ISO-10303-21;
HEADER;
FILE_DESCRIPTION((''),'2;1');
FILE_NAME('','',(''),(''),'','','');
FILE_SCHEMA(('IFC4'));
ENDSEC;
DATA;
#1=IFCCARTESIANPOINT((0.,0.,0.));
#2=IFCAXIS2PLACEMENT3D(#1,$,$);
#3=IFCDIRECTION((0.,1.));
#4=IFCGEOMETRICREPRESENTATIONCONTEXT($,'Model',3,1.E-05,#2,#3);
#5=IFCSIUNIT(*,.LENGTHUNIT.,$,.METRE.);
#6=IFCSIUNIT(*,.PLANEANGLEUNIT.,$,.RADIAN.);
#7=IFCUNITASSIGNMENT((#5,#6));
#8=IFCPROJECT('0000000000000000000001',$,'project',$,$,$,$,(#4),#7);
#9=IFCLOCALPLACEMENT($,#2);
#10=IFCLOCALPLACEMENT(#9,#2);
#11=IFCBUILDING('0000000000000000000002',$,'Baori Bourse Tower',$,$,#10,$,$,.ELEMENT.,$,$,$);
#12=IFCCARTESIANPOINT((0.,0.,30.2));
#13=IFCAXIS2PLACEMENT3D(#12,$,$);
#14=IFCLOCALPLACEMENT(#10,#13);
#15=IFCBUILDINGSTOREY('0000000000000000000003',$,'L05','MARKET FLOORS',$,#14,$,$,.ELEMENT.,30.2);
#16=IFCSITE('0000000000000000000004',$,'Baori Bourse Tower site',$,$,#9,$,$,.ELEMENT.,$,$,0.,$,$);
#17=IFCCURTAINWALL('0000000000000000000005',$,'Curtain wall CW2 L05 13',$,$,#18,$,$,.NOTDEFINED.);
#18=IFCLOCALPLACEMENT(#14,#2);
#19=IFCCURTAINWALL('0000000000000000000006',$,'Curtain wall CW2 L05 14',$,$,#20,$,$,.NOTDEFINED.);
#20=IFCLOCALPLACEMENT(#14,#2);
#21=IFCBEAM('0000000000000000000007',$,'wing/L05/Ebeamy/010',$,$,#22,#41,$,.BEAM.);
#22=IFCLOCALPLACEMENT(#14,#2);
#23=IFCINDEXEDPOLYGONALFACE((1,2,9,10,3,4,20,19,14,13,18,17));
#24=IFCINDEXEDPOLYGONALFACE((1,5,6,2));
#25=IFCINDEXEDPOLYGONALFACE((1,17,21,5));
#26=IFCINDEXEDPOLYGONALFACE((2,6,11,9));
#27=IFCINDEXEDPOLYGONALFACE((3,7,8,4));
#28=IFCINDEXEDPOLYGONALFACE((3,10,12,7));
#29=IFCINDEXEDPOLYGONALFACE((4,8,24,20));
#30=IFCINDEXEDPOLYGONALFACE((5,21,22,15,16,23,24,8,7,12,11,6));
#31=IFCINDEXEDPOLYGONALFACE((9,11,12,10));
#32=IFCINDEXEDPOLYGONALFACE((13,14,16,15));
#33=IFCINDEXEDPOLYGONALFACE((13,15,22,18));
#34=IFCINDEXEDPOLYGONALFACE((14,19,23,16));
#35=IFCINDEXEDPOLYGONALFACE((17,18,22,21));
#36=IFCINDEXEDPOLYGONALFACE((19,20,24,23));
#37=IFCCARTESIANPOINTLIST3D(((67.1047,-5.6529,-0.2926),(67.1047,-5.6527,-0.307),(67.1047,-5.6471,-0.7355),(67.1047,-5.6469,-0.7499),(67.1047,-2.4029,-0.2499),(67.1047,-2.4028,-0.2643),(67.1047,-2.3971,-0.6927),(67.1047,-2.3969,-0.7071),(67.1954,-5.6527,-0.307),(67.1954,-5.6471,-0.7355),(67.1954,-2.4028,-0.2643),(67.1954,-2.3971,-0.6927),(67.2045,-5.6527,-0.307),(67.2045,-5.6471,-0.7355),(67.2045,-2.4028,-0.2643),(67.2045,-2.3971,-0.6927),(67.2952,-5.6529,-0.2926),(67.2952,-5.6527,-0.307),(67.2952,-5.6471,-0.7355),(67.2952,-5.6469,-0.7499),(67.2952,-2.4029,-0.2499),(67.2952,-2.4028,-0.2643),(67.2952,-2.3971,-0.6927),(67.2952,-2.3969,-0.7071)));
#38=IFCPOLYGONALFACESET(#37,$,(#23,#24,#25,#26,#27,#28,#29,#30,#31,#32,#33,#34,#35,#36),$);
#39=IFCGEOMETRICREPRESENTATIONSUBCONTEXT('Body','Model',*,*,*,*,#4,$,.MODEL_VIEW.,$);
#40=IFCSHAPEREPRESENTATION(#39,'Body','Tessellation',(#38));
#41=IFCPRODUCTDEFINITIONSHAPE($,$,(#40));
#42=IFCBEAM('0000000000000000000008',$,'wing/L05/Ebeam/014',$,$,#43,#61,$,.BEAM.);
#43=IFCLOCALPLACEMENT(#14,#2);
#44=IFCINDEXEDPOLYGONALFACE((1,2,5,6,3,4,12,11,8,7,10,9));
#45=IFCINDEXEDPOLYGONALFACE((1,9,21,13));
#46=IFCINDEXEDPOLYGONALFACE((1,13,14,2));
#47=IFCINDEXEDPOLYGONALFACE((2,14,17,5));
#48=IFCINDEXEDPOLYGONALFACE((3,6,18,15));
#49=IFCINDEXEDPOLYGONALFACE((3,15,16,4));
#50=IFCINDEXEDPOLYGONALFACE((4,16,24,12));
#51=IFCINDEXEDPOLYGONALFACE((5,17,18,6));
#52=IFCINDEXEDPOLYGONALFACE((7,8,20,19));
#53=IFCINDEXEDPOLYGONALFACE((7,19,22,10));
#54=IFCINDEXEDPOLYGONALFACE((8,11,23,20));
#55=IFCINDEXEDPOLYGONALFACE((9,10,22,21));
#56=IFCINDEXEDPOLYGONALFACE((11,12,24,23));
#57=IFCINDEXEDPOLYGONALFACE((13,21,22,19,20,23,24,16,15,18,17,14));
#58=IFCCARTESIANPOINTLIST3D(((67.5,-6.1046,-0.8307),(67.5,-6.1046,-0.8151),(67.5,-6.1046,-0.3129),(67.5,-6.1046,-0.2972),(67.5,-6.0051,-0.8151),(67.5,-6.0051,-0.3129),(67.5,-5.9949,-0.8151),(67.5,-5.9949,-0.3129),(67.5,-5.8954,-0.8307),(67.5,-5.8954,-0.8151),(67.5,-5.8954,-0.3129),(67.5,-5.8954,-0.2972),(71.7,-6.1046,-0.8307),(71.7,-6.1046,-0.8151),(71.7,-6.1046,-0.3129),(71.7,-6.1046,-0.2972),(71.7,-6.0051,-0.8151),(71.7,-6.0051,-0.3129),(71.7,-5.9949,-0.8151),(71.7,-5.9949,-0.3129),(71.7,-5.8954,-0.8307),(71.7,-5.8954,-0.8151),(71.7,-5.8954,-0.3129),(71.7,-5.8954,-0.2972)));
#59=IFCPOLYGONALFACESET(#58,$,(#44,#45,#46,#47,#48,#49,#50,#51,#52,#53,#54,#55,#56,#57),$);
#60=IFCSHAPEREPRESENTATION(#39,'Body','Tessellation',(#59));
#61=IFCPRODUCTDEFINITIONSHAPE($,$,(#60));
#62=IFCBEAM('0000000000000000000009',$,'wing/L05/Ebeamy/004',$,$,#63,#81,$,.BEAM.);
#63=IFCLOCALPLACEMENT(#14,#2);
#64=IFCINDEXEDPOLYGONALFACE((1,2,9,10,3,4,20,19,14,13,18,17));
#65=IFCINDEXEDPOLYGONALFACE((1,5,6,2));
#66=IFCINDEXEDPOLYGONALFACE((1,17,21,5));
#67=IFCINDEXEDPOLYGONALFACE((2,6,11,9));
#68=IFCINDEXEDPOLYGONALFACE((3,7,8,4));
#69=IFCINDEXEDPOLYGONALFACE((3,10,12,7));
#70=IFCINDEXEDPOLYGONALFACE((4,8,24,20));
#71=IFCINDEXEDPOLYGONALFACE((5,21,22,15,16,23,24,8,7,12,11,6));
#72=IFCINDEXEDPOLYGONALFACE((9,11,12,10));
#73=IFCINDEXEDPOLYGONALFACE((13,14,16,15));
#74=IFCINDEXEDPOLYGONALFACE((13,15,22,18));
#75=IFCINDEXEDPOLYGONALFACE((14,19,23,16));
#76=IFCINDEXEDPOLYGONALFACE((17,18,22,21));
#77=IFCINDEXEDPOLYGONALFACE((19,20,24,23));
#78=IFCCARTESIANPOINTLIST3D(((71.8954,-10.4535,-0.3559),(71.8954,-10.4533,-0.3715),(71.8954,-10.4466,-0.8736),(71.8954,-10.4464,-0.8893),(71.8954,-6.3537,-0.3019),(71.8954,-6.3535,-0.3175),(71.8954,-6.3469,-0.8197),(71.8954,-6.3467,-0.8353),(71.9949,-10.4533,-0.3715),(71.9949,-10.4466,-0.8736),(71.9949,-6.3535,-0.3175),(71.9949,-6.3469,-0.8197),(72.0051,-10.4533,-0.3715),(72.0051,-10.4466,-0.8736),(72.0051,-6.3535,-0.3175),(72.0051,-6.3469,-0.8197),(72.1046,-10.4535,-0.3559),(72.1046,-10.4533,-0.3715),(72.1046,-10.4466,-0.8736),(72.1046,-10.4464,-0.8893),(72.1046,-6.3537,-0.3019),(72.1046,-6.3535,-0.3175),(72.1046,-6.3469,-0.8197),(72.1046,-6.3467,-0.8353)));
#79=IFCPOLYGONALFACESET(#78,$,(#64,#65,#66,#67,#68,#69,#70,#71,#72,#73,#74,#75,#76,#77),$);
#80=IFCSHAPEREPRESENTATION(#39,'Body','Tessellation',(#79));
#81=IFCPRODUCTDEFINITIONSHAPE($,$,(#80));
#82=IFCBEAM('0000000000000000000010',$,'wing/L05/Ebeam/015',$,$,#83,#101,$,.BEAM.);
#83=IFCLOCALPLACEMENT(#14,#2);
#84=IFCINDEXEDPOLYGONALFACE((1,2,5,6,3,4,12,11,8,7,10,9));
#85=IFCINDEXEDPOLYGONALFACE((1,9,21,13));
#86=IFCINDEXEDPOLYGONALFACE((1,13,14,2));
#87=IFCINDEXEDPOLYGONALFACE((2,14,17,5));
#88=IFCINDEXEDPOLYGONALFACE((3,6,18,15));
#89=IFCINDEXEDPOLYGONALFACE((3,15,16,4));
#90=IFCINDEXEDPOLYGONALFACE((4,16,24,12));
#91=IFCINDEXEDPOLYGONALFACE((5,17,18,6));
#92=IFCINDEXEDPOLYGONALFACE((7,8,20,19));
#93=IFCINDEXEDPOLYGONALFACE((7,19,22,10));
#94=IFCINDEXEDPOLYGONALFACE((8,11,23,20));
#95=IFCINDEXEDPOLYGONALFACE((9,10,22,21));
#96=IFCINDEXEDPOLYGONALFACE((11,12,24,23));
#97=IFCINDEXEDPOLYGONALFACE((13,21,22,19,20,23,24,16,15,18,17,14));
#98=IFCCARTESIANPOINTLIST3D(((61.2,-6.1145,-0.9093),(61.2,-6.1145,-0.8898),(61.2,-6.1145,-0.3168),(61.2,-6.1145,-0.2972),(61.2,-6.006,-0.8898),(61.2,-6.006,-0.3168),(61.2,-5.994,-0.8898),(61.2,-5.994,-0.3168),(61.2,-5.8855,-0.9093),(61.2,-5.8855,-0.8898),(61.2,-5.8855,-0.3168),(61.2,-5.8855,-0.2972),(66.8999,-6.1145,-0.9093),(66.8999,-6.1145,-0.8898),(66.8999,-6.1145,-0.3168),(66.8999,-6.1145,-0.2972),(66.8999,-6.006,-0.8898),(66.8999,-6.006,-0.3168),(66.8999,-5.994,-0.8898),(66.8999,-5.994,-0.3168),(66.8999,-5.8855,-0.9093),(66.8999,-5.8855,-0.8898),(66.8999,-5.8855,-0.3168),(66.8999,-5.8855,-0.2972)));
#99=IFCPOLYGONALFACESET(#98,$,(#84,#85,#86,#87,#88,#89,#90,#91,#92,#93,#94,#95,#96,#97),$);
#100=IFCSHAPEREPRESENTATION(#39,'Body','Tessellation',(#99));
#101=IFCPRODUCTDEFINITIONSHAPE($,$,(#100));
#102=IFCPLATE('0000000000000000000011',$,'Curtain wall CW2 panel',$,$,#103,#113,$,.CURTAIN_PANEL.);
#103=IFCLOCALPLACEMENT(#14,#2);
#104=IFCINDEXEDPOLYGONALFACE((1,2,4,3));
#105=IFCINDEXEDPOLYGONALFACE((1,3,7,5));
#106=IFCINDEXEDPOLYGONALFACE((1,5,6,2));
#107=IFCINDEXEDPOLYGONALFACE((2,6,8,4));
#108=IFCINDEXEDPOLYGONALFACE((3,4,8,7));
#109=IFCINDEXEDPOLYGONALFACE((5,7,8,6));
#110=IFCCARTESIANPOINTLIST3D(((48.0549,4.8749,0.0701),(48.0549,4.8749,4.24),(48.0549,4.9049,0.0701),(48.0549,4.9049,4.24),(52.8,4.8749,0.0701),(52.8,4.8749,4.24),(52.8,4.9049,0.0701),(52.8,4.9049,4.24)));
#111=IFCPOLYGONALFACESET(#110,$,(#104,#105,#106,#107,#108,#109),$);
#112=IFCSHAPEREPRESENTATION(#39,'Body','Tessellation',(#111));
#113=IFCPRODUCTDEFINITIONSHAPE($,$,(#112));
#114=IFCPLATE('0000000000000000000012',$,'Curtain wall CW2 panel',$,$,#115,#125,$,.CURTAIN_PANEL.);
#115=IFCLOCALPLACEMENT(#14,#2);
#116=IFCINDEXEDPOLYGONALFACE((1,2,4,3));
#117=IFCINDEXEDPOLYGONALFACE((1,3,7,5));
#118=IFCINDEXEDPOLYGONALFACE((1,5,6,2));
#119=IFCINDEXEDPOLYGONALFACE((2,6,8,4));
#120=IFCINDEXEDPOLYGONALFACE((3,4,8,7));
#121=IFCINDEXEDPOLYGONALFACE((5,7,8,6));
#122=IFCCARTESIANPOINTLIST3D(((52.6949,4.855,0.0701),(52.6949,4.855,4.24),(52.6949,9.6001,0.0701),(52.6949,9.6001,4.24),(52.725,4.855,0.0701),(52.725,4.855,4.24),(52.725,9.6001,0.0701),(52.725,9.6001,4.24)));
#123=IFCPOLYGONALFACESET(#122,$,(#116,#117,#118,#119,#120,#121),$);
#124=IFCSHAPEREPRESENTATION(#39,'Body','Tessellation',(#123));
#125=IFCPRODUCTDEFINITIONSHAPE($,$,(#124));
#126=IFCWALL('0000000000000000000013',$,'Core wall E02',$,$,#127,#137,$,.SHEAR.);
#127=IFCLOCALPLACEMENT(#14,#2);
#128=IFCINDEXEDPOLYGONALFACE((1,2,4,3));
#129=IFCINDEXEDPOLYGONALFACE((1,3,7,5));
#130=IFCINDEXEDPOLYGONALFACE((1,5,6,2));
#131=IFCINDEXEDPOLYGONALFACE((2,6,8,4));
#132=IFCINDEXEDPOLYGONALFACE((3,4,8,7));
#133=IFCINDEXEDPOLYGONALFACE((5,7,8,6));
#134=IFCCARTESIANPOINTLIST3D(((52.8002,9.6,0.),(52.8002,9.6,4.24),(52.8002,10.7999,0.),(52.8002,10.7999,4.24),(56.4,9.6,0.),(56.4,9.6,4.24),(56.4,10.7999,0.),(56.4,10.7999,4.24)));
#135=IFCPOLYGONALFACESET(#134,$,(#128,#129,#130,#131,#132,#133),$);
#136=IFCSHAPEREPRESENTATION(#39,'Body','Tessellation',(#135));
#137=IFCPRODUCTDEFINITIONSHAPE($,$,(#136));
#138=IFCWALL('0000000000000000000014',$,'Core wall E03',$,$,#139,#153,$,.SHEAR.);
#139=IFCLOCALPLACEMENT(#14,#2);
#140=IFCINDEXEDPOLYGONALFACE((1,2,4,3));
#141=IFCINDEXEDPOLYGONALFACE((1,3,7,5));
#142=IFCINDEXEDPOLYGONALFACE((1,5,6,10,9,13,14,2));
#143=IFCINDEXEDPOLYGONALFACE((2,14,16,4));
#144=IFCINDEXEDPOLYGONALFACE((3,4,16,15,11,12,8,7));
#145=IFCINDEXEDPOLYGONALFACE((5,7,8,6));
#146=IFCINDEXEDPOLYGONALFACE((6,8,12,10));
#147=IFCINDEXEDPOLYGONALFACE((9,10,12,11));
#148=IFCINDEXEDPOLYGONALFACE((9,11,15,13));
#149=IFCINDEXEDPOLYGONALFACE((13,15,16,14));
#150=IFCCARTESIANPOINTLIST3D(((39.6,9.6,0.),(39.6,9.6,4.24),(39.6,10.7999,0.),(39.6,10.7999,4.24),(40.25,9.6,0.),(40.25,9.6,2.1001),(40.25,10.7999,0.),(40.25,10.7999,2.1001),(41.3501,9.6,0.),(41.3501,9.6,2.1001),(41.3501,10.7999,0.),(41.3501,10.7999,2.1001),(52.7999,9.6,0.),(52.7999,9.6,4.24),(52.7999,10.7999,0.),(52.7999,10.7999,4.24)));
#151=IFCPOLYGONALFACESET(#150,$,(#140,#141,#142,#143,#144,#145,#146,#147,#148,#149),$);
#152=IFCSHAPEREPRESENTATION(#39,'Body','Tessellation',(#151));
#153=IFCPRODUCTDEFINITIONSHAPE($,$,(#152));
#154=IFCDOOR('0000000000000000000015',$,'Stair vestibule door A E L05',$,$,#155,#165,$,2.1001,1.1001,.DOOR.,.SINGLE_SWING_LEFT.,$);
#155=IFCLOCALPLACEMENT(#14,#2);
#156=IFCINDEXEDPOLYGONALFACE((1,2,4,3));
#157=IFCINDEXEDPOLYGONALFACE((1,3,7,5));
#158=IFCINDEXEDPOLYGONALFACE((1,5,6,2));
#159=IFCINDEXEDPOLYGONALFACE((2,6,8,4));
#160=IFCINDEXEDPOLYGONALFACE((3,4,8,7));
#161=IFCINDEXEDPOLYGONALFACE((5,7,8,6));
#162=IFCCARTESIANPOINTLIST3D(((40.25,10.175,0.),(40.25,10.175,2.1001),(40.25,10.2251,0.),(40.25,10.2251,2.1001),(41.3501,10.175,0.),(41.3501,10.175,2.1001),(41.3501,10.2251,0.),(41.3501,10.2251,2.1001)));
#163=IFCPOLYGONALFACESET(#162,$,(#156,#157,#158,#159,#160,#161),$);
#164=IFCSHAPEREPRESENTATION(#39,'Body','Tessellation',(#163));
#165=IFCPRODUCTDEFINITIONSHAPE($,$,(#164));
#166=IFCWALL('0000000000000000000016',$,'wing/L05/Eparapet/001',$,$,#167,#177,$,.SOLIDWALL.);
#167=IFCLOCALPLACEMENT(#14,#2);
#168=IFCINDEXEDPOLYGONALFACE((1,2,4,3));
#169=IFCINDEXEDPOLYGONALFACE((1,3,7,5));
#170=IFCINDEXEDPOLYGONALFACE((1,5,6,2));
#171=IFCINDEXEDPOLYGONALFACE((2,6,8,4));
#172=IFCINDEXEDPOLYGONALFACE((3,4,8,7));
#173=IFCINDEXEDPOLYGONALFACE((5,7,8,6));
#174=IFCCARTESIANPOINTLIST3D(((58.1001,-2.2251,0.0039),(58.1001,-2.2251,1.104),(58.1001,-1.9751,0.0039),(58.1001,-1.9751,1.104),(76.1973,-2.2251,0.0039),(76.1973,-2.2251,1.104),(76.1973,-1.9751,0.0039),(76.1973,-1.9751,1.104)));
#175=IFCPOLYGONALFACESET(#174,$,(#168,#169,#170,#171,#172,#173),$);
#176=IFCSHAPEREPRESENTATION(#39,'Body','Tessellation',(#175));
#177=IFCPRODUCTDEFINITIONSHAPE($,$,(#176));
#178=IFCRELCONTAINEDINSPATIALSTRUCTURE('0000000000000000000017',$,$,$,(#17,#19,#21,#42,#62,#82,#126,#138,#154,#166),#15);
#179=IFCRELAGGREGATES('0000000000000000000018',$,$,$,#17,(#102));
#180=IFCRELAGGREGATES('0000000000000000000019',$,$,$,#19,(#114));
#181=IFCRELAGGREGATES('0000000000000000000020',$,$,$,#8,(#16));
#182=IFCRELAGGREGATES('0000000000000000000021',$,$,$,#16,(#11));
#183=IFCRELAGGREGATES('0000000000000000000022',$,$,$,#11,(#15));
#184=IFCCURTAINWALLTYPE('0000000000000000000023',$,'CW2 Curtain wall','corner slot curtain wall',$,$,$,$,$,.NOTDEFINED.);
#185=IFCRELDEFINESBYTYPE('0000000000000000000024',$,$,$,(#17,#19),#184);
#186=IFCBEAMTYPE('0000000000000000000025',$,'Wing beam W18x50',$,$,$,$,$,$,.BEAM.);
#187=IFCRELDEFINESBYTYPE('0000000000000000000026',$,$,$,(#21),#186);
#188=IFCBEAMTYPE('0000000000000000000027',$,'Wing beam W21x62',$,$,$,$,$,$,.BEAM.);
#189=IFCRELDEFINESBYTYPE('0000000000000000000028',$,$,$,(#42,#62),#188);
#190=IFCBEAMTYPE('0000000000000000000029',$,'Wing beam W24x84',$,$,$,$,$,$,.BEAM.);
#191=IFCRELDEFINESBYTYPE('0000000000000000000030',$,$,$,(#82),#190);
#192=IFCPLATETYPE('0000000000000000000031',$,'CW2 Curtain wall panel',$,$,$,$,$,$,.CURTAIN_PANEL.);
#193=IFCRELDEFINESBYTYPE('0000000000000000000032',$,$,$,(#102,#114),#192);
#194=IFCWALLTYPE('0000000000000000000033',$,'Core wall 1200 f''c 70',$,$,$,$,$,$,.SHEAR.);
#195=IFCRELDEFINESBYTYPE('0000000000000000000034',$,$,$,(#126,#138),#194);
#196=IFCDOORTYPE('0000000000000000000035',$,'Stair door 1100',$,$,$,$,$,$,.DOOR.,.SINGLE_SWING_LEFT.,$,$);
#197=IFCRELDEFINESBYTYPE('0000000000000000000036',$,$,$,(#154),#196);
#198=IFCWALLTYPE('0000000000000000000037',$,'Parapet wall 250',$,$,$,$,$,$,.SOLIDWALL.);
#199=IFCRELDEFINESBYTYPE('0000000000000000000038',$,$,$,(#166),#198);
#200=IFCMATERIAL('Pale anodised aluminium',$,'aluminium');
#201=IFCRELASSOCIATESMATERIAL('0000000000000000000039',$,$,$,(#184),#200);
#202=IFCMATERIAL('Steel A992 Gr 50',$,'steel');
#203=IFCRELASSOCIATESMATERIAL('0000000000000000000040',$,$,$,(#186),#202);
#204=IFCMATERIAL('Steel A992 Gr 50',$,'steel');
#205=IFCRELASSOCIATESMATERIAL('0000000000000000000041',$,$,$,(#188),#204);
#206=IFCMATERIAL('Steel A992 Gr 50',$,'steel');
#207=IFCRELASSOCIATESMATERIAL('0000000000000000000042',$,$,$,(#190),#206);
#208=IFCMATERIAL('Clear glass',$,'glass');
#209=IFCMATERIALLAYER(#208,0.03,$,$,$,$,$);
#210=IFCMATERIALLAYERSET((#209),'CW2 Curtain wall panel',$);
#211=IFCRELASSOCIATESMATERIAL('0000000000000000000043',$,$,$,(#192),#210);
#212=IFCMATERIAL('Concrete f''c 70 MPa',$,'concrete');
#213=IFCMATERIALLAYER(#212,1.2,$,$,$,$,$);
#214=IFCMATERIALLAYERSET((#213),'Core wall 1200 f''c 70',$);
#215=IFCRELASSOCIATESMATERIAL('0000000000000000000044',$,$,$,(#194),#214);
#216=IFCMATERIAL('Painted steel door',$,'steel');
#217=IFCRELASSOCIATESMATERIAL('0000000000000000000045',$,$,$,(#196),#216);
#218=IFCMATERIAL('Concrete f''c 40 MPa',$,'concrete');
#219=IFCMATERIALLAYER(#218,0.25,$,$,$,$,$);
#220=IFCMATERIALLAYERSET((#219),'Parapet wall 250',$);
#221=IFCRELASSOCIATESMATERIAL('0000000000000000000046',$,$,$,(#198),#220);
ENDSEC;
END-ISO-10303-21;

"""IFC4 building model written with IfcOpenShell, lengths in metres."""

from ifc_helpers import new_model, si_unit, direction, frame, frame_2d, origin, origin_2d, place, context, subcontext, project, spatial, rectangle, i_section, extrude, material, layer, layer_set, material_profile, profile_set, type_object, element, fill, aggregate, save


model = new_model("IFC4")

# Units and contexts
model_context = context("Model", 3, precision=1e-05, world=origin(), true_north=direction((0.0, 1.0)))
body_context = subcontext(model_context, "Body", "Model", "MODEL_VIEW")
ifc_project = project(units=[si_unit("LENGTHUNIT", "METRE"), si_unit("PLANEANGLEUNIT", "RADIAN")], contexts=[model_context])

# Site, building, storey
site_placement = place(None, origin())
site = spatial("IfcSite", under=ifc_project, at=site_placement, Name="Baori Bourse Tower site", CompositionType="ELEMENT", RefElevation=0.0)
building_placement = place(site_placement, origin())
building = spatial("IfcBuilding", under=site, at=building_placement, Name="Baori Bourse Tower", CompositionType="ELEMENT")
storey_placement = place(building_placement, frame((0.0, 0.0, 30.2)))
storey = spatial("IfcBuildingStorey", under=building, at=storey_placement, Name="L05", Description="MARKET FLOORS", CompositionType="ELEMENT", Elevation=30.2)

# Curtain wall
ifc_material_1 = material(Name="Pale anodised aluminium", Category="aluminium")
curtain_wall_type = type_object("IfcCurtainWallType", Name="CW2 Curtain wall", Description="corner slot curtain wall", PredefinedType="NOTDEFINED", material=ifc_material_1)
curtain_wall_1_placement = place(storey_placement, origin())
curtain_wall_1 = element("IfcCurtainWall", 1, at=curtain_wall_1_placement, inside=storey, type_object=curtain_wall_type, Name="Curtain wall CW2 L05 13", PredefinedType="NOTDEFINED")

# Curtain wall
curtain_wall_2_placement = place(storey_placement, origin())
curtain_wall_2 = element("IfcCurtainWall", 2, at=curtain_wall_2_placement, inside=storey, type_object=curtain_wall_type, Name="Curtain wall CW2 L05 14", PredefinedType="NOTDEFINED")

# Beams
ifc_material_2 = material(Name="Steel A992 Gr 50", Category="steel")
ifc_material_profile_1 = material_profile(ifc_material_2, i_section(OverallWidth=0.1904, OverallDepth=0.4573, WebThickness=0.009, FlangeThickness=0.0144, at=origin_2d()), Name="W18x50")
ifc_profile_set_1 = profile_set([ifc_material_profile_1], Name="Steel A992 Gr 50")
beam_type_1 = type_object("IfcBeamType", Name="Wing beam W18x50", PredefinedType="BEAM", material=ifc_profile_set_1)
for number, where, z_axis, x_axis, name in (
    (3, (67.2, -5.6499, -0.5212), (0.0, 0.999914, 0.013145), (-1.0, 0.0, 0.0), "wing/L05/Ebeamy/010"),
):
    element("IfcBeam", number, at=place(storey_placement, frame(where, z_axis=z_axis, x_axis=x_axis)), inside=storey, type_object=beam_type_1, Name=name, PredefinedType="BEAM", context=body_context, shape_type="SweptSolid", body=[
        extrude(i_section(OverallWidth=0.1904, OverallDepth=0.4573, WebThickness=0.009, FlangeThickness=0.0144, at=origin_2d()), origin(), (0.0, 0.0, 1.0), 3.2502),
    ])
ifc_material_3 = material(Name="Steel A992 Gr 50", Category="steel")
ifc_material_profile_2 = material_profile(ifc_material_3, i_section(OverallWidth=0.2092, OverallDepth=0.5334, WebThickness=0.0103, FlangeThickness=0.0156, at=origin_2d()), Name="W21x62")
ifc_profile_set_2 = profile_set([ifc_material_profile_2], Name="Steel A992 Gr 50")
beam_type_2 = type_object("IfcBeamType", Name="Wing beam W21x62", PredefinedType="BEAM", material=ifc_profile_set_2)
beam_1_placement = place(storey_placement, frame((71.7, -6.0, -0.564), z_axis=(-1.0, 0.0, 0.0), x_axis=(0.0, -1.0, 0.0)))
element("IfcBeam", 4, at=beam_1_placement, inside=storey, type_object=beam_type_2, Name="wing/L05/Ebeam/014", PredefinedType="BEAM", context=body_context, shape_type="SweptSolid", body=[
    extrude(i_section(OverallWidth=0.2092, OverallDepth=0.5334, WebThickness=0.0103, FlangeThickness=0.0156, at=origin_2d()), origin(), (0.0, 0.0, 1.0), 4.2),
])
beam_2_placement = place(storey_placement, frame((72.0, -10.45, -0.6226), z_axis=(0.0, 0.999913, 0.013159), x_axis=(-1.0, 0.0, 0.0)))
element("IfcBeam", 5, at=beam_2_placement, inside=storey, type_object=beam_type_2, Name="wing/L05/Ebeamy/004", PredefinedType="BEAM", context=body_context, shape_type="SweptSolid", body=[
    extrude(i_section(OverallWidth=0.2092, OverallDepth=0.5334, WebThickness=0.0103, FlangeThickness=0.0156, at=origin_2d()), origin(), (0.0, 0.0, 1.0), 4.1001),
])
ifc_material_4 = material(Name="Steel A992 Gr 50", Category="steel")
ifc_material_profile_3 = material_profile(ifc_material_4, i_section(OverallWidth=0.229, OverallDepth=0.6121, WebThickness=0.012, FlangeThickness=0.0195, at=origin_2d()), Name="W24x84")
ifc_profile_set_3 = profile_set([ifc_material_profile_3], Name="Steel A992 Gr 50")
beam_type_3 = type_object("IfcBeamType", Name="Wing beam W24x84", PredefinedType="BEAM", material=ifc_profile_set_3)
beam_3_placement = place(storey_placement, frame((66.8999, -6.0, -0.6033), z_axis=(-1.0, 0.0, 0.0), x_axis=(0.0, -1.0, 0.0)))
element("IfcBeam", 6, at=beam_3_placement, inside=storey, type_object=beam_type_3, Name="wing/L05/Ebeam/015", PredefinedType="BEAM", context=body_context, shape_type="SweptSolid", body=[
    extrude(i_section(OverallWidth=0.229, OverallDepth=0.6121, WebThickness=0.012, FlangeThickness=0.0195, at=origin_2d()), origin(), (0.0, 0.0, 1.0), 5.7),
])

# Plates
ifc_material_5 = material(Name="Clear glass", Category="glass")
ifc_layer_1 = layer(ifc_material_5, 0.03)
ifc_layer_set_1 = layer_set([ifc_layer_1], Name="CW2 Curtain wall panel")
plate_type = type_object("IfcPlateType", Name="CW2 Curtain wall panel", PredefinedType="CURTAIN_PANEL", material=ifc_layer_set_1)
plate_1_placement = place(storey_placement, frame((50.4275, 4.8899, 0.0701), z_axis=(0.0, 0.0, 1.0), x_axis=(1.0, 0.0, 0.0)))
plate_1 = element("IfcPlate", 7, at=plate_1_placement, type_object=plate_type, Name="Curtain wall CW2 panel", PredefinedType="CURTAIN_PANEL", context=body_context, shape_type="SweptSolid", body=[
    extrude(rectangle(XDim=4.7451, YDim=0.03, at=origin_2d()), origin(), (0.0, 0.0, 1.0), 4.1699),
])
aggregate(curtain_wall_1, [plate_1])
plate_2_placement = place(storey_placement, frame((52.71, 7.2275, 0.0701), z_axis=(0.0, 0.0, 1.0), x_axis=(0.0, 1.0, 0.0)))
plate_2 = element("IfcPlate", 8, at=plate_2_placement, type_object=plate_type, Name="Curtain wall CW2 panel", PredefinedType="CURTAIN_PANEL", context=body_context, shape_type="SweptSolid", body=[
    extrude(rectangle(XDim=4.7451, YDim=0.03, at=origin_2d()), origin(), (0.0, 0.0, 1.0), 4.1699),
])
aggregate(curtain_wall_2, [plate_2])

# Wall
ifc_material_6 = material(Name="Concrete f'c 70 MPa", Category="concrete")
ifc_layer_2 = layer(ifc_material_6, 1.2)
ifc_layer_set_2 = layer_set([ifc_layer_2], Name="Core wall 1200 f'c 70")
wall_type_1 = type_object("IfcWallType", Name="Core wall 1200 f'c 70", PredefinedType="SHEAR", material=ifc_layer_set_2)
wall_1_placement = place(storey_placement, frame((56.3999, 10.2, 0.0), z_axis=(0.0, 0.0, 1.0), x_axis=(-1.0, 0.0, 0.0)))
element("IfcWall", 9, at=wall_1_placement, inside=storey, type_object=wall_type_1, Name="Core wall E02", PredefinedType="SHEAR", context=body_context, shape_type="SweptSolid", body=[
    extrude(rectangle(XDim=3.5999, YDim=1.2, at=frame_2d((1.7998, 0.0))), origin(), (0.0, 0.0, 1.0), 4.24),
])

# Wall, opening, door
wall_2_placement = place(storey_placement, frame((52.8, 10.2, 0.0), z_axis=(0.0, 0.0, 1.0), x_axis=(-1.0, 0.0, 0.0)))
wall_2 = element("IfcWall", 10, at=wall_2_placement, inside=storey, type_object=wall_type_1, Name="Core wall E03", PredefinedType="SHEAR", context=body_context, shape_type="SweptSolid", body=[
    extrude(rectangle(XDim=13.2, YDim=1.2, at=frame_2d((6.6001, 0.0))), origin(), (0.0, 0.0, 1.0), 4.24),
])
opening_placement = place(wall_2_placement, frame((11.45, 0.0, 0.0)))
opening = element("IfcOpeningElement", 11, at=opening_placement, cuts=wall_2, PredefinedType="OPENING", context=body_context, shape_type="SweptSolid", body=[
    extrude(rectangle(XDim=1.1001, YDim=2.1001, at=frame_2d((0.55, 1.05))), frame((0.0, 0.6099, 0.0), z_axis=(0.0, -1.0, 0.0), x_axis=(1.0, 0.0, 0.0)), (0.0, 0.0, 1.0), 1.22),
])
ifc_material_7 = material(Name="Painted steel door", Category="steel")
door_type = type_object("IfcDoorType", Name="Stair door 1100", OperationType="SINGLE_SWING_LEFT", PredefinedType="DOOR", material=ifc_material_7)
door_placement = place(opening_placement, origin())
door = element("IfcDoor", 12, at=door_placement, inside=storey, type_object=door_type, Name="Stair vestibule door A E L05", OperationType="SINGLE_SWING_LEFT", OverallHeight=2.1001, OverallWidth=1.1001, PredefinedType="DOOR", context=body_context, shape_type="SweptSolid", body=[
    extrude(rectangle(XDim=1.1001, YDim=2.1001, at=frame_2d((0.55, 1.05))), frame((0.0, 0.0249, 0.0), z_axis=(0.0, -1.0, 0.0), x_axis=(1.0, 0.0, 0.0)), (0.0, 0.0, 1.0), 0.05),
])
fill(opening, door)

# Wall
ifc_material_8 = material(Name="Concrete f'c 40 MPa", Category="concrete")
ifc_layer_3 = layer(ifc_material_8, 0.25)
ifc_layer_set_3 = layer_set([ifc_layer_3], Name="Parapet wall 250")
wall_type_2 = type_object("IfcWallType", Name="Parapet wall 250", PredefinedType="SOLIDWALL", material=ifc_layer_set_3)
wall_3_placement = place(storey_placement, frame((58.1001, -2.1001, 0.0039), z_axis=(0.0, 0.0, 1.0), x_axis=(1.0, 0.0, 0.0)))
element("IfcWall", 13, at=wall_3_placement, inside=storey, type_object=wall_type_2, Name="wing/L05/Eparapet/001", PredefinedType="SOLIDWALL", context=body_context, shape_type="SweptSolid", body=[
    extrude(rectangle(XDim=18.0972, YDim=0.25, at=frame_2d((9.0486, 0.0))), origin(), (0.0, 0.0, 1.0), 1.1001),
])

save(model, "model.ifc")
